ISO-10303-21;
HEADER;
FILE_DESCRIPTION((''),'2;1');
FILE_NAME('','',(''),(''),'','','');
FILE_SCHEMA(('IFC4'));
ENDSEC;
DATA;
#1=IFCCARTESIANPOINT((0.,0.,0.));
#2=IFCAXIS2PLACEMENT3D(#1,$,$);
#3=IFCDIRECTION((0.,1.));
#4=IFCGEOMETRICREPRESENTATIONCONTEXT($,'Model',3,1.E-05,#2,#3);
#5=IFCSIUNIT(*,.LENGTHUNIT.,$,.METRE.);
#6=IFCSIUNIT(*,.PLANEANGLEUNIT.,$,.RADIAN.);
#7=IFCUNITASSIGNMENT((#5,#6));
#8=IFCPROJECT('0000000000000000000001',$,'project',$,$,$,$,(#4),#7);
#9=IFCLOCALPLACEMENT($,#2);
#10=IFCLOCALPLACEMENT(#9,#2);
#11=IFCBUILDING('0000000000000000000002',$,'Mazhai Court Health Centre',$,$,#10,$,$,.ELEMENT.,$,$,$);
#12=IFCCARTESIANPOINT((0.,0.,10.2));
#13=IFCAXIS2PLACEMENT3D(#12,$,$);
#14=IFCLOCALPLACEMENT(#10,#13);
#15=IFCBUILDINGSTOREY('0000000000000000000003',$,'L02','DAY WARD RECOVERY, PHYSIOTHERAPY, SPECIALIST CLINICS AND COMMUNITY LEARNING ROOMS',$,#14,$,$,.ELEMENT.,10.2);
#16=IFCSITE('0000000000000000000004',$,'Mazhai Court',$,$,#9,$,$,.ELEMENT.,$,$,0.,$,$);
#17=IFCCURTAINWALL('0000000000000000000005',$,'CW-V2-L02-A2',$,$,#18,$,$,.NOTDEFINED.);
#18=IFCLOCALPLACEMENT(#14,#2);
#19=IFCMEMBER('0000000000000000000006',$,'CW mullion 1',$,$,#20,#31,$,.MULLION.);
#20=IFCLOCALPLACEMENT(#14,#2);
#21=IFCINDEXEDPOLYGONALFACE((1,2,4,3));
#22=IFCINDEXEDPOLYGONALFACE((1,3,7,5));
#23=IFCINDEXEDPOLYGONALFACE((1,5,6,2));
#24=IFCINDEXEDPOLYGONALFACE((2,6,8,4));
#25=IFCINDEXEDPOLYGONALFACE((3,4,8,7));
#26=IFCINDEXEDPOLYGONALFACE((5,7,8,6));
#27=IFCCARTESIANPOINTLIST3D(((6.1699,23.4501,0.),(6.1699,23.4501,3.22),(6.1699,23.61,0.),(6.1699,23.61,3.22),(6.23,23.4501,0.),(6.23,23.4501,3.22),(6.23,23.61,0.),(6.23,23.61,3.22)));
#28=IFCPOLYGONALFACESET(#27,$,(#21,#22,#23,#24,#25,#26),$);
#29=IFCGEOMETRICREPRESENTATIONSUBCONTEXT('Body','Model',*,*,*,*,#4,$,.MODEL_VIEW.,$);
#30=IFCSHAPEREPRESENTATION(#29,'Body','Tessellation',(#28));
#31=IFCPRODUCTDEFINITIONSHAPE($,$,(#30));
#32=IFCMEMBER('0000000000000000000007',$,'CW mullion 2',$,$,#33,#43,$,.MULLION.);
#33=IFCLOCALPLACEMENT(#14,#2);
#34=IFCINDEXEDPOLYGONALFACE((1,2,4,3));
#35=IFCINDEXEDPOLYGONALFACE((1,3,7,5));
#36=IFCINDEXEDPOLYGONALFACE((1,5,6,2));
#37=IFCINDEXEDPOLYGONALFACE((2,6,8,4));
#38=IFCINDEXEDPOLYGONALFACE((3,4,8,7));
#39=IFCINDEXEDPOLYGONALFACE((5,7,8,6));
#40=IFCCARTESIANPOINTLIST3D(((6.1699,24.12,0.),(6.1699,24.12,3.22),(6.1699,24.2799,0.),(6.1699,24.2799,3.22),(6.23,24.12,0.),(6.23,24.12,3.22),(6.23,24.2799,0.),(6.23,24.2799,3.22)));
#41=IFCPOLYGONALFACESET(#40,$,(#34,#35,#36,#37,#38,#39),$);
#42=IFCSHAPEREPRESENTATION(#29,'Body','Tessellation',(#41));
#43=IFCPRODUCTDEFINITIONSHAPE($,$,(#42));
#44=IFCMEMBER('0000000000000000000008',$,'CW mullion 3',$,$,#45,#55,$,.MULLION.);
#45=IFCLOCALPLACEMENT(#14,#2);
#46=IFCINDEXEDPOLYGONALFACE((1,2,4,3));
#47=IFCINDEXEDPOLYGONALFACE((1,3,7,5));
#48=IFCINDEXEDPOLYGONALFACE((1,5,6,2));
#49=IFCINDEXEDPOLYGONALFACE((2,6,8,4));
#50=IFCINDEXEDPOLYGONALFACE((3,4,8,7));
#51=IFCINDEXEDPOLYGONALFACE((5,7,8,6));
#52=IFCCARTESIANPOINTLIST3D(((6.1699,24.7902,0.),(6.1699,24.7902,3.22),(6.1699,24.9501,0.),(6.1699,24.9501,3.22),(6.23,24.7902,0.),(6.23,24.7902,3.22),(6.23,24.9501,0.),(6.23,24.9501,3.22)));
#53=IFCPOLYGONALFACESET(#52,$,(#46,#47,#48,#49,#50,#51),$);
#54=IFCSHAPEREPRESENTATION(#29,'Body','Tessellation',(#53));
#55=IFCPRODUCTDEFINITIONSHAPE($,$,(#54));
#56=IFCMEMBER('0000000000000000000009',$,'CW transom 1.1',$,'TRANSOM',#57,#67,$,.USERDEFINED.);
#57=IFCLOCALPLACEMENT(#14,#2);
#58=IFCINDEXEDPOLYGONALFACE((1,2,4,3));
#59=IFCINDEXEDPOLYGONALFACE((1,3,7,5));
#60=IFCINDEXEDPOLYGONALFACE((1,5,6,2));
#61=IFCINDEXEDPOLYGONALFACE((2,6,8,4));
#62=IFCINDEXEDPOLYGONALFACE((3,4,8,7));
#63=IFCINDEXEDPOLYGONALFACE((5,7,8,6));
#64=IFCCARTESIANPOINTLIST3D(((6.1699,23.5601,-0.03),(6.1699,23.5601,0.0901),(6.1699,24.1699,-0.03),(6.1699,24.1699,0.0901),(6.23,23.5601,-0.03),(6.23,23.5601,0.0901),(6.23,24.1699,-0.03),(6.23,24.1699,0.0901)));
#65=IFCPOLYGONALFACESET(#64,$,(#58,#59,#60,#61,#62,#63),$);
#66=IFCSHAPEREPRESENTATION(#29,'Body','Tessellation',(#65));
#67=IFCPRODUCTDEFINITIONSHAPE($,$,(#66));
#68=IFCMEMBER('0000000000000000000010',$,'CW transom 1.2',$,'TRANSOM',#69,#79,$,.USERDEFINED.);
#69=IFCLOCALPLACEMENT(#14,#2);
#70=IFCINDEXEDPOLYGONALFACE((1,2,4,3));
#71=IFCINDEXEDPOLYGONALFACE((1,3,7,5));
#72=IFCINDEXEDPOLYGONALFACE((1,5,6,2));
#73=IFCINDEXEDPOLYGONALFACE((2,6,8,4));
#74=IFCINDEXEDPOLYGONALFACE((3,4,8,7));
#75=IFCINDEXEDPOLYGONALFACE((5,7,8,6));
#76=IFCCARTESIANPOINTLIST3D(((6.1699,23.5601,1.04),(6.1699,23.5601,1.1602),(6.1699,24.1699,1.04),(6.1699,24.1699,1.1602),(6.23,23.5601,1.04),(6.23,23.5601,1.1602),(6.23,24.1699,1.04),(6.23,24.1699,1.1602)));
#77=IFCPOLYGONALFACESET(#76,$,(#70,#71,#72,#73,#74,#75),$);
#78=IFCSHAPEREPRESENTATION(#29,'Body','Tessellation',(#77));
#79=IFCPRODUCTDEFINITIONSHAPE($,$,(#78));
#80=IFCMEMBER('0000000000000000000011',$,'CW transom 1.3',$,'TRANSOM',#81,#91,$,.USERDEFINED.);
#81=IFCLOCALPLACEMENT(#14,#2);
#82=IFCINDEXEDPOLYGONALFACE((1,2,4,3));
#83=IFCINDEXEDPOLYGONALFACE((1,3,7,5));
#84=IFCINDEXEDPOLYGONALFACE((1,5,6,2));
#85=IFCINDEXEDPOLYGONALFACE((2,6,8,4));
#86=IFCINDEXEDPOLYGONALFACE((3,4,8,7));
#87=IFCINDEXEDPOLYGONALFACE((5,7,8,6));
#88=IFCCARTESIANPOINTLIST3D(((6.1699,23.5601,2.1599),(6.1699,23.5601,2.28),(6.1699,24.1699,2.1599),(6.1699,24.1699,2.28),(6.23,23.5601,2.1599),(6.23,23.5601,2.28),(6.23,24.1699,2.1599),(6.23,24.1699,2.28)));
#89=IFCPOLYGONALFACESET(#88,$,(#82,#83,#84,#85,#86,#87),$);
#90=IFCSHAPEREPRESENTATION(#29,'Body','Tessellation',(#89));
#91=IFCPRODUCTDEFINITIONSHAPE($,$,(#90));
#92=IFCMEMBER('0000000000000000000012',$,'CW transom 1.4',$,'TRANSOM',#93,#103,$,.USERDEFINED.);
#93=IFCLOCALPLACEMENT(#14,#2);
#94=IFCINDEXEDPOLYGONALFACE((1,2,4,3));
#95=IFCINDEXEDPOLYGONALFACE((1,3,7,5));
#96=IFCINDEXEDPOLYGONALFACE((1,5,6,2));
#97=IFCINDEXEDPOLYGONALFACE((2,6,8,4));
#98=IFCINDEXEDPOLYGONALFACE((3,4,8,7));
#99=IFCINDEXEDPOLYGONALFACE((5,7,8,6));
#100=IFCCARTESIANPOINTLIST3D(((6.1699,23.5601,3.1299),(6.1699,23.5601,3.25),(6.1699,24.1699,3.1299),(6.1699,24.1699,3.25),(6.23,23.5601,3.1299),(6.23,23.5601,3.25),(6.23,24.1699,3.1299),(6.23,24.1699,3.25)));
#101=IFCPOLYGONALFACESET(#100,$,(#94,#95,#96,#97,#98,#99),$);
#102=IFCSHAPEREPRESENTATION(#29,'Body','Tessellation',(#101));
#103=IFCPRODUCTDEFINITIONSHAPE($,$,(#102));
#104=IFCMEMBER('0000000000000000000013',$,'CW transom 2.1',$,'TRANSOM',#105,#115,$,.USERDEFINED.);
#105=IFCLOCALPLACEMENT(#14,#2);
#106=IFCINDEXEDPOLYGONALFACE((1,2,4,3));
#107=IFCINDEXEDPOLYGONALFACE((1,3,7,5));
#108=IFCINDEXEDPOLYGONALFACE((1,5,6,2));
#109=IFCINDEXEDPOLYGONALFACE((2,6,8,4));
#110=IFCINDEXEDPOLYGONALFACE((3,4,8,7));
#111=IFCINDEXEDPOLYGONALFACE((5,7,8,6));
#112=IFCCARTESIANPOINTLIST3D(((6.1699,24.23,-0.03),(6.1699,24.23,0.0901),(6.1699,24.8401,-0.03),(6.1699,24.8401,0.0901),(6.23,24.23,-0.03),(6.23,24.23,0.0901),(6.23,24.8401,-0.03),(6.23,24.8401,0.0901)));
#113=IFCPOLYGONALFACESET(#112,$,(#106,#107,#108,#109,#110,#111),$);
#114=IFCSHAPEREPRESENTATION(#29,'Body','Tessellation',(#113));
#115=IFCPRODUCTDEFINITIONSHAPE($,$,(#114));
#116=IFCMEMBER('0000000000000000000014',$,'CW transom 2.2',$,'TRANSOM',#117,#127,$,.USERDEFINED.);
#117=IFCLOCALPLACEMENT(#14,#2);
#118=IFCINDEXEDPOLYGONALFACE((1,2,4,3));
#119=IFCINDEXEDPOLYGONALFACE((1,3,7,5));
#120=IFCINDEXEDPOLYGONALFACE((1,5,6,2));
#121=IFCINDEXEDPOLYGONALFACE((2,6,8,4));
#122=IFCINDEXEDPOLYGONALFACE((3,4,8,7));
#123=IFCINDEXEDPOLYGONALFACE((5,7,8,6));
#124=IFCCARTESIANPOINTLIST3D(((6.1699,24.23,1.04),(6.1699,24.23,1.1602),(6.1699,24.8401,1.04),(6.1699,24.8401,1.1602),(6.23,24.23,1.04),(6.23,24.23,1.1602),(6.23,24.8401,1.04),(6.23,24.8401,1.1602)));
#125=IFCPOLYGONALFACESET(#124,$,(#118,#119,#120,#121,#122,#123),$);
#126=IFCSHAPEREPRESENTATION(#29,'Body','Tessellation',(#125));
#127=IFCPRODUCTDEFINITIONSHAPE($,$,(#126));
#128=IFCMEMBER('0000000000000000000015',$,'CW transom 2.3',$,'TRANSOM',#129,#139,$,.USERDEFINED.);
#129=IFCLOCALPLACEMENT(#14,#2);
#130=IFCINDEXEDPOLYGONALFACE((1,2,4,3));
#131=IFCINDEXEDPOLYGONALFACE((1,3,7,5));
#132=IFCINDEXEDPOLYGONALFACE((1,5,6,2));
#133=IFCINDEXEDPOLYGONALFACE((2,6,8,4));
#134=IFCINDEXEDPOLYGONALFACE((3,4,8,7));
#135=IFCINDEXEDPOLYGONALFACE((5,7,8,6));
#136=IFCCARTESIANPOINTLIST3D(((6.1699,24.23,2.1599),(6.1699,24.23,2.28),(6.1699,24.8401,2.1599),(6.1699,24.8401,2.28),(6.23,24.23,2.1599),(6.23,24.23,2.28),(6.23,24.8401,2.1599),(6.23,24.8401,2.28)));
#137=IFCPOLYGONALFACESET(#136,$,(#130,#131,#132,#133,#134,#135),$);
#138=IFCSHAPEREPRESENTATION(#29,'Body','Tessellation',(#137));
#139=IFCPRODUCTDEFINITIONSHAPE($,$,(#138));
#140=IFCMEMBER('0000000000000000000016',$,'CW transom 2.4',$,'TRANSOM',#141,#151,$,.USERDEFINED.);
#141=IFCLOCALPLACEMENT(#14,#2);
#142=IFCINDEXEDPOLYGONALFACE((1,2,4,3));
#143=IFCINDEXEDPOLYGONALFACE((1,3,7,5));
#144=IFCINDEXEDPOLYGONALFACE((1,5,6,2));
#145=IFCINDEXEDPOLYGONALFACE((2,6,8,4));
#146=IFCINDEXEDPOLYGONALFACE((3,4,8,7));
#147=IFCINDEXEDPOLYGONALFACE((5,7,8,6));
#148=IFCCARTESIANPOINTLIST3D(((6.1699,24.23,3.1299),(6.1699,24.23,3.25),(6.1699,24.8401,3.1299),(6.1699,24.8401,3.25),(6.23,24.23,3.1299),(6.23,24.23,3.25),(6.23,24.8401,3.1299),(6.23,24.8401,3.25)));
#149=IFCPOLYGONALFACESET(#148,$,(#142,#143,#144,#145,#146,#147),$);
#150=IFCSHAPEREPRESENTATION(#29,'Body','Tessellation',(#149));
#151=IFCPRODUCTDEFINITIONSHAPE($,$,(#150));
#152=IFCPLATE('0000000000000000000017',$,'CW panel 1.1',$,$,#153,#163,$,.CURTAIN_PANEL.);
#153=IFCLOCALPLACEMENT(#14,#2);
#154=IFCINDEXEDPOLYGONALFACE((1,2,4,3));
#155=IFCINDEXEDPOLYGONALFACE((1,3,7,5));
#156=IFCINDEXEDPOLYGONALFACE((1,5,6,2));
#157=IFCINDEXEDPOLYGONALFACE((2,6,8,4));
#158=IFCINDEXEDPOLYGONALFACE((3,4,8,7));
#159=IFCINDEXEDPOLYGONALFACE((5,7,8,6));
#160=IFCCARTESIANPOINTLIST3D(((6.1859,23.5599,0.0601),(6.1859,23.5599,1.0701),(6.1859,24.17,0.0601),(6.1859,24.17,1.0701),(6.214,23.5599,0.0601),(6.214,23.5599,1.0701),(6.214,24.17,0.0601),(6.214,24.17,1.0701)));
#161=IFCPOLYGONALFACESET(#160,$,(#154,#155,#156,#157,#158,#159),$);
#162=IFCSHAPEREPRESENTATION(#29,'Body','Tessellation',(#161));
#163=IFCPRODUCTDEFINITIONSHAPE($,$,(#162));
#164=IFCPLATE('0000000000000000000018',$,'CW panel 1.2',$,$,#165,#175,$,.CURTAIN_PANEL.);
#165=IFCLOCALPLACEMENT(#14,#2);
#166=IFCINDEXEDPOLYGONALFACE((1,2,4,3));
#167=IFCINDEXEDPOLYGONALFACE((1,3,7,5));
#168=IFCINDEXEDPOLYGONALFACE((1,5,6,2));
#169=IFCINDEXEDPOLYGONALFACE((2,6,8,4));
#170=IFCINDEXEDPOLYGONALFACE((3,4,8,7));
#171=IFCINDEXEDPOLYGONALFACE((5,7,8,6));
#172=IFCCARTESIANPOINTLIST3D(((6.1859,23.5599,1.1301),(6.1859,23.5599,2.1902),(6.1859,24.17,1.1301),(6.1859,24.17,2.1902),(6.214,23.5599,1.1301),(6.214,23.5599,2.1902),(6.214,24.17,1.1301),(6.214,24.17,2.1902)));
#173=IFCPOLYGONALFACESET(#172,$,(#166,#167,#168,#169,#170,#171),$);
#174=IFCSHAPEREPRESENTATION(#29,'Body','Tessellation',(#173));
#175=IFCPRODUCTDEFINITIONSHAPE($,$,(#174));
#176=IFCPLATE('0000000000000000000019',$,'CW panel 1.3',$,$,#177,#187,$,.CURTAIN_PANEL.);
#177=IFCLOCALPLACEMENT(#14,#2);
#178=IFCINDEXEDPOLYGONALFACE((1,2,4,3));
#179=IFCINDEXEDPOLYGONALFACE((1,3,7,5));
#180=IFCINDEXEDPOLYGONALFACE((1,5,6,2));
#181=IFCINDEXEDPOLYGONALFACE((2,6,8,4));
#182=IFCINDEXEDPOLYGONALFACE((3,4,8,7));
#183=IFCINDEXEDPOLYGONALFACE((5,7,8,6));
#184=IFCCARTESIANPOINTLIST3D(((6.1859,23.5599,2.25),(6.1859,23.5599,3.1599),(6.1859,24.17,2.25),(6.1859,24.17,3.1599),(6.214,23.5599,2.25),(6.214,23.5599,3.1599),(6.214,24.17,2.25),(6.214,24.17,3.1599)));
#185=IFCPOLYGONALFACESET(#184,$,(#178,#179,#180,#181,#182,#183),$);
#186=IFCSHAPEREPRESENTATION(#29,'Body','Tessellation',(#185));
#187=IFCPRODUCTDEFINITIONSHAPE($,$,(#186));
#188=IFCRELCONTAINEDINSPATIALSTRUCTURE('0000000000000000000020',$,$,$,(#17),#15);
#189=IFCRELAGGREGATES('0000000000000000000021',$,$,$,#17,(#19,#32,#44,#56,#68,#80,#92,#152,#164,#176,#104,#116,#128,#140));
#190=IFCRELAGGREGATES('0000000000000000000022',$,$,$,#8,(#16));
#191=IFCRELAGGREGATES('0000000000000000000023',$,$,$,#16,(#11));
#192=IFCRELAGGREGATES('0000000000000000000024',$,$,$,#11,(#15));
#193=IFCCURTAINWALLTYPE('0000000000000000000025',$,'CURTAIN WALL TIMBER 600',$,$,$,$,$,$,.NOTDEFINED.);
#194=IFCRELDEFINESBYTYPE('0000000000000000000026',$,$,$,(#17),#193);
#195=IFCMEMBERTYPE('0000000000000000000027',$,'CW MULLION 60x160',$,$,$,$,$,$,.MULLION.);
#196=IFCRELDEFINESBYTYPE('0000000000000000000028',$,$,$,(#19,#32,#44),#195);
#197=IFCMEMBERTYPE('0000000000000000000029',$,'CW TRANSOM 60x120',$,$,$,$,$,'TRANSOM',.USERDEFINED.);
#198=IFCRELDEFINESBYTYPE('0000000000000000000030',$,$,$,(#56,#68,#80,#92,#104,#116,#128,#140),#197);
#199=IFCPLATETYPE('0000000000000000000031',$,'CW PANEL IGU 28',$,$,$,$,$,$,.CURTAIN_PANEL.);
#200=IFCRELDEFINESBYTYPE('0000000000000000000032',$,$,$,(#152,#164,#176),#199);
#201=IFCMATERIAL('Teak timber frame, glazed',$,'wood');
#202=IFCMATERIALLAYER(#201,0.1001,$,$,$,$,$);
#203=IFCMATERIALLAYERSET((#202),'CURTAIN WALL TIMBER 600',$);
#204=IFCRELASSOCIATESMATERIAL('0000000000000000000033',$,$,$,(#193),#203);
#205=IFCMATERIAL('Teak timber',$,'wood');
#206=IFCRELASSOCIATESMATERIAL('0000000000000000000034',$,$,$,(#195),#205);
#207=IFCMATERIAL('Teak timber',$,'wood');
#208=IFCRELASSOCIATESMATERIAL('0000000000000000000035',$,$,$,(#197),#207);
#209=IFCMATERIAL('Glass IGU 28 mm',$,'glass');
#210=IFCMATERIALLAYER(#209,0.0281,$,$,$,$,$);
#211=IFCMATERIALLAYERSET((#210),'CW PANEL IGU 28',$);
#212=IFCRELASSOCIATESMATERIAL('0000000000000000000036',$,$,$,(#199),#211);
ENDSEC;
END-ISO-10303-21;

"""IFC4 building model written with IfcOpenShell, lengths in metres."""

from ifc_helpers import new_model, si_unit, direction, frame, origin, origin_2d, place, context, subcontext, project, spatial, rectangle, extrude, material, layer, layer_set, material_profile, profile_set, type_object, element, aggregate, save


model = new_model("IFC4")

# Units and contexts
model_context = context("Model", 3, precision=1e-05, world=origin(), true_north=direction((0.0, 1.0)))
body_context = subcontext(model_context, "Body", "Model", "MODEL_VIEW")
ifc_project = project(units=[si_unit("LENGTHUNIT", "METRE"), si_unit("PLANEANGLEUNIT", "RADIAN")], contexts=[model_context])

# Site, building, storey
site_placement = place(None, origin())
site = spatial("IfcSite", under=ifc_project, at=site_placement, Name="Mazhai Court", CompositionType="ELEMENT", RefElevation=0.0)
building_placement = place(site_placement, origin())
building = spatial("IfcBuilding", under=site, at=building_placement, Name="Mazhai Court Health Centre", CompositionType="ELEMENT")
storey_placement = place(building_placement, frame((0.0, 0.0, 10.2)))
storey = spatial("IfcBuildingStorey", under=building, at=storey_placement, Name="L02", Description="DAY WARD RECOVERY, PHYSIOTHERAPY, SPECIALIST CLINICS AND COMMUNITY LEARNING ROOMS", CompositionType="ELEMENT", Elevation=10.2)

# Curtain wall, members, plates
ifc_material_1 = material(Name="Teak timber frame, glazed", Category="wood")
ifc_layer_1 = layer(ifc_material_1, 0.1001)
ifc_layer_set_1 = layer_set([ifc_layer_1], Name="CURTAIN WALL TIMBER 600")
curtain_wall_type = type_object("IfcCurtainWallType", Name="CURTAIN WALL TIMBER 600", PredefinedType="NOTDEFINED", material=ifc_layer_set_1)
curtain_wall_placement = place(storey_placement, origin())
curtain_wall = element("IfcCurtainWall", 1, at=curtain_wall_placement, inside=storey, type_object=curtain_wall_type, Name="CW-V2-L02-A2", PredefinedType="NOTDEFINED")
ifc_material_2 = material(Name="Teak timber", Category="wood")
ifc_material_profile_1 = material_profile(ifc_material_2, rectangle(XDim=0.0601, YDim=0.1599, at=origin_2d()), Name="CW MULLION 60x160")
ifc_profile_set_1 = profile_set([ifc_material_profile_1], Name="Teak timber")
member_type_1 = type_object("IfcMemberType", Name="CW MULLION 60x160", PredefinedType="MULLION", material=ifc_profile_set_1)
member_1_placement = place(storey_placement, frame((6.2, 23.53, 0.0), z_axis=(0.0, 0.0, 1.0), x_axis=(-1.0, 0.0, 0.0)))
member_1 = element("IfcMember", 2, at=member_1_placement, type_object=member_type_1, Name="CW mullion 1", PredefinedType="MULLION", context=body_context, shape_type="SweptSolid", body=[
    extrude(rectangle(XDim=0.0601, YDim=0.1599, at=origin_2d()), origin(), (0.0, 0.0, 1.0), 3.22),
])
member_2_placement = place(storey_placement, frame((6.2, 24.2, 0.0), z_axis=(0.0, 0.0, 1.0), x_axis=(-1.0, 0.0, 0.0)))
member_2 = element("IfcMember", 3, at=member_2_placement, type_object=member_type_1, Name="CW mullion 2", PredefinedType="MULLION", context=body_context, shape_type="SweptSolid", body=[
    extrude(rectangle(XDim=0.0601, YDim=0.1599, at=origin_2d()), origin(), (0.0, 0.0, 1.0), 3.22),
])
member_3_placement = place(storey_placement, frame((6.2, 24.8701, 0.0), z_axis=(0.0, 0.0, 1.0), x_axis=(-1.0, 0.0, 0.0)))
member_3 = element("IfcMember", 4, at=member_3_placement, type_object=member_type_1, Name="CW mullion 3", PredefinedType="MULLION", context=body_context, shape_type="SweptSolid", body=[
    extrude(rectangle(XDim=0.0601, YDim=0.1599, at=origin_2d()), origin(), (0.0, 0.0, 1.0), 3.22),
])
ifc_material_3 = material(Name="Teak timber", Category="wood")
ifc_material_profile_2 = material_profile(ifc_material_3, rectangle(XDim=0.0601, YDim=0.1201, at=origin_2d()), Name="CW TRANSOM 60x120")
ifc_profile_set_2 = profile_set([ifc_material_profile_2], Name="Teak timber")
member_type_2 = type_object("IfcMemberType", Name="CW TRANSOM 60x120", ElementType="TRANSOM", PredefinedType="USERDEFINED", material=ifc_profile_set_2)
member_4_placement = place(storey_placement, frame((6.2, 23.5601, 0.03), z_axis=(0.0, 1.0, 0.0), x_axis=(-1.0, 0.0, 0.0)))
member_4 = element("IfcMember", 5, at=member_4_placement, type_object=member_type_2, Name="CW transom 1.1", ObjectType="TRANSOM", PredefinedType="USERDEFINED", context=body_context, shape_type="SweptSolid", body=[
    extrude(rectangle(XDim=0.0601, YDim=0.1201, at=origin_2d()), origin(), (0.0, 0.0, 1.0), 0.6099),
])
member_5_placement = place(storey_placement, frame((6.2, 23.5601, 1.1001), z_axis=(0.0, 1.0, 0.0), x_axis=(-1.0, 0.0, 0.0)))
member_5 = element("IfcMember", 6, at=member_5_placement, type_object=member_type_2, Name="CW transom 1.2", ObjectType="TRANSOM", PredefinedType="USERDEFINED", context=body_context, shape_type="SweptSolid", body=[
    extrude(rectangle(XDim=0.0601, YDim=0.1201, at=origin_2d()), origin(), (0.0, 0.0, 1.0), 0.6099),
])
member_6_placement = place(storey_placement, frame((6.2, 23.5601, 2.22), z_axis=(0.0, 1.0, 0.0), x_axis=(-1.0, 0.0, 0.0)))
member_6 = element("IfcMember", 7, at=member_6_placement, type_object=member_type_2, Name="CW transom 1.3", ObjectType="TRANSOM", PredefinedType="USERDEFINED", context=body_context, shape_type="SweptSolid", body=[
    extrude(rectangle(XDim=0.0601, YDim=0.1201, at=origin_2d()), origin(), (0.0, 0.0, 1.0), 0.6099),
])
member_7_placement = place(storey_placement, frame((6.2, 23.5601, 3.1899), z_axis=(0.0, 1.0, 0.0), x_axis=(-1.0, 0.0, 0.0)))
member_7 = element("IfcMember", 8, at=member_7_placement, type_object=member_type_2, Name="CW transom 1.4", ObjectType="TRANSOM", PredefinedType="USERDEFINED", context=body_context, shape_type="SweptSolid", body=[
    extrude(rectangle(XDim=0.0601, YDim=0.1201, at=origin_2d()), origin(), (0.0, 0.0, 1.0), 0.6099),
])
member_8_placement = place(storey_placement, frame((6.2, 24.23, 0.03), z_axis=(0.0, 1.0, 0.0), x_axis=(-1.0, 0.0, 0.0)))
member_8 = element("IfcMember", 9, at=member_8_placement, type_object=member_type_2, Name="CW transom 2.1", ObjectType="TRANSOM", PredefinedType="USERDEFINED", context=body_context, shape_type="SweptSolid", body=[
    extrude(rectangle(XDim=0.0601, YDim=0.1201, at=origin_2d()), origin(), (0.0, 0.0, 1.0), 0.6101),
])
member_9_placement = place(storey_placement, frame((6.2, 24.23, 1.1001), z_axis=(0.0, 1.0, 0.0), x_axis=(-1.0, 0.0, 0.0)))
member_9 = element("IfcMember", 10, at=member_9_placement, type_object=member_type_2, Name="CW transom 2.2", ObjectType="TRANSOM", PredefinedType="USERDEFINED", context=body_context, shape_type="SweptSolid", body=[
    extrude(rectangle(XDim=0.0601, YDim=0.1201, at=origin_2d()), origin(), (0.0, 0.0, 1.0), 0.6101),
])
member_10_placement = place(storey_placement, frame((6.2, 24.23, 2.22), z_axis=(0.0, 1.0, 0.0), x_axis=(-1.0, 0.0, 0.0)))
member_10 = element("IfcMember", 11, at=member_10_placement, type_object=member_type_2, Name="CW transom 2.3", ObjectType="TRANSOM", PredefinedType="USERDEFINED", context=body_context, shape_type="SweptSolid", body=[
    extrude(rectangle(XDim=0.0601, YDim=0.1201, at=origin_2d()), origin(), (0.0, 0.0, 1.0), 0.6101),
])
member_11_placement = place(storey_placement, frame((6.2, 24.23, 3.1899), z_axis=(0.0, 1.0, 0.0), x_axis=(-1.0, 0.0, 0.0)))
member_11 = element("IfcMember", 12, at=member_11_placement, type_object=member_type_2, Name="CW transom 2.4", ObjectType="TRANSOM", PredefinedType="USERDEFINED", context=body_context, shape_type="SweptSolid", body=[
    extrude(rectangle(XDim=0.0601, YDim=0.1201, at=origin_2d()), origin(), (0.0, 0.0, 1.0), 0.6101),
])
ifc_material_4 = material(Name="Glass IGU 28 mm", Category="glass")
ifc_layer_2 = layer(ifc_material_4, 0.0281)
ifc_layer_set_2 = layer_set([ifc_layer_2], Name="CW PANEL IGU 28")
plate_type = type_object("IfcPlateType", Name="CW PANEL IGU 28", PredefinedType="CURTAIN_PANEL", material=ifc_layer_set_2)
plate_1_placement = place(storey_placement, frame((6.2, 23.865, 0.0601), z_axis=(0.0, 0.0, 1.0), x_axis=(0.0, 1.0, 0.0)))
plate_1 = element("IfcPlate", 13, at=plate_1_placement, type_object=plate_type, Name="CW panel 1.1", PredefinedType="CURTAIN_PANEL", context=body_context, shape_type="SweptSolid", body=[
    extrude(rectangle(XDim=0.6101, YDim=0.0281, at=origin_2d()), origin(), (0.0, 0.0, 1.0), 1.01),
])
plate_2_placement = place(storey_placement, frame((6.2, 23.865, 1.1301), z_axis=(0.0, 0.0, 1.0), x_axis=(0.0, 1.0, 0.0)))
plate_2 = element("IfcPlate", 14, at=plate_2_placement, type_object=plate_type, Name="CW panel 1.2", PredefinedType="CURTAIN_PANEL", context=body_context, shape_type="SweptSolid", body=[
    extrude(rectangle(XDim=0.6101, YDim=0.0281, at=origin_2d()), origin(), (0.0, 0.0, 1.0), 1.0601),
])
plate_3_placement = place(storey_placement, frame((6.2, 23.865, 2.25), z_axis=(0.0, 0.0, 1.0), x_axis=(0.0, 1.0, 0.0)))
plate_3 = element("IfcPlate", 15, at=plate_3_placement, type_object=plate_type, Name="CW panel 1.3", PredefinedType="CURTAIN_PANEL", context=body_context, shape_type="SweptSolid", body=[
    extrude(rectangle(XDim=0.6101, YDim=0.0281, at=origin_2d()), origin(), (0.0, 0.0, 1.0), 0.9099),
])
aggregate(curtain_wall, [member_1, member_2, member_3, member_4, member_5, member_6, member_7, plate_1, plate_2, plate_3, member_8, member_9, member_10, member_11])

save(model, "model.ifc")
